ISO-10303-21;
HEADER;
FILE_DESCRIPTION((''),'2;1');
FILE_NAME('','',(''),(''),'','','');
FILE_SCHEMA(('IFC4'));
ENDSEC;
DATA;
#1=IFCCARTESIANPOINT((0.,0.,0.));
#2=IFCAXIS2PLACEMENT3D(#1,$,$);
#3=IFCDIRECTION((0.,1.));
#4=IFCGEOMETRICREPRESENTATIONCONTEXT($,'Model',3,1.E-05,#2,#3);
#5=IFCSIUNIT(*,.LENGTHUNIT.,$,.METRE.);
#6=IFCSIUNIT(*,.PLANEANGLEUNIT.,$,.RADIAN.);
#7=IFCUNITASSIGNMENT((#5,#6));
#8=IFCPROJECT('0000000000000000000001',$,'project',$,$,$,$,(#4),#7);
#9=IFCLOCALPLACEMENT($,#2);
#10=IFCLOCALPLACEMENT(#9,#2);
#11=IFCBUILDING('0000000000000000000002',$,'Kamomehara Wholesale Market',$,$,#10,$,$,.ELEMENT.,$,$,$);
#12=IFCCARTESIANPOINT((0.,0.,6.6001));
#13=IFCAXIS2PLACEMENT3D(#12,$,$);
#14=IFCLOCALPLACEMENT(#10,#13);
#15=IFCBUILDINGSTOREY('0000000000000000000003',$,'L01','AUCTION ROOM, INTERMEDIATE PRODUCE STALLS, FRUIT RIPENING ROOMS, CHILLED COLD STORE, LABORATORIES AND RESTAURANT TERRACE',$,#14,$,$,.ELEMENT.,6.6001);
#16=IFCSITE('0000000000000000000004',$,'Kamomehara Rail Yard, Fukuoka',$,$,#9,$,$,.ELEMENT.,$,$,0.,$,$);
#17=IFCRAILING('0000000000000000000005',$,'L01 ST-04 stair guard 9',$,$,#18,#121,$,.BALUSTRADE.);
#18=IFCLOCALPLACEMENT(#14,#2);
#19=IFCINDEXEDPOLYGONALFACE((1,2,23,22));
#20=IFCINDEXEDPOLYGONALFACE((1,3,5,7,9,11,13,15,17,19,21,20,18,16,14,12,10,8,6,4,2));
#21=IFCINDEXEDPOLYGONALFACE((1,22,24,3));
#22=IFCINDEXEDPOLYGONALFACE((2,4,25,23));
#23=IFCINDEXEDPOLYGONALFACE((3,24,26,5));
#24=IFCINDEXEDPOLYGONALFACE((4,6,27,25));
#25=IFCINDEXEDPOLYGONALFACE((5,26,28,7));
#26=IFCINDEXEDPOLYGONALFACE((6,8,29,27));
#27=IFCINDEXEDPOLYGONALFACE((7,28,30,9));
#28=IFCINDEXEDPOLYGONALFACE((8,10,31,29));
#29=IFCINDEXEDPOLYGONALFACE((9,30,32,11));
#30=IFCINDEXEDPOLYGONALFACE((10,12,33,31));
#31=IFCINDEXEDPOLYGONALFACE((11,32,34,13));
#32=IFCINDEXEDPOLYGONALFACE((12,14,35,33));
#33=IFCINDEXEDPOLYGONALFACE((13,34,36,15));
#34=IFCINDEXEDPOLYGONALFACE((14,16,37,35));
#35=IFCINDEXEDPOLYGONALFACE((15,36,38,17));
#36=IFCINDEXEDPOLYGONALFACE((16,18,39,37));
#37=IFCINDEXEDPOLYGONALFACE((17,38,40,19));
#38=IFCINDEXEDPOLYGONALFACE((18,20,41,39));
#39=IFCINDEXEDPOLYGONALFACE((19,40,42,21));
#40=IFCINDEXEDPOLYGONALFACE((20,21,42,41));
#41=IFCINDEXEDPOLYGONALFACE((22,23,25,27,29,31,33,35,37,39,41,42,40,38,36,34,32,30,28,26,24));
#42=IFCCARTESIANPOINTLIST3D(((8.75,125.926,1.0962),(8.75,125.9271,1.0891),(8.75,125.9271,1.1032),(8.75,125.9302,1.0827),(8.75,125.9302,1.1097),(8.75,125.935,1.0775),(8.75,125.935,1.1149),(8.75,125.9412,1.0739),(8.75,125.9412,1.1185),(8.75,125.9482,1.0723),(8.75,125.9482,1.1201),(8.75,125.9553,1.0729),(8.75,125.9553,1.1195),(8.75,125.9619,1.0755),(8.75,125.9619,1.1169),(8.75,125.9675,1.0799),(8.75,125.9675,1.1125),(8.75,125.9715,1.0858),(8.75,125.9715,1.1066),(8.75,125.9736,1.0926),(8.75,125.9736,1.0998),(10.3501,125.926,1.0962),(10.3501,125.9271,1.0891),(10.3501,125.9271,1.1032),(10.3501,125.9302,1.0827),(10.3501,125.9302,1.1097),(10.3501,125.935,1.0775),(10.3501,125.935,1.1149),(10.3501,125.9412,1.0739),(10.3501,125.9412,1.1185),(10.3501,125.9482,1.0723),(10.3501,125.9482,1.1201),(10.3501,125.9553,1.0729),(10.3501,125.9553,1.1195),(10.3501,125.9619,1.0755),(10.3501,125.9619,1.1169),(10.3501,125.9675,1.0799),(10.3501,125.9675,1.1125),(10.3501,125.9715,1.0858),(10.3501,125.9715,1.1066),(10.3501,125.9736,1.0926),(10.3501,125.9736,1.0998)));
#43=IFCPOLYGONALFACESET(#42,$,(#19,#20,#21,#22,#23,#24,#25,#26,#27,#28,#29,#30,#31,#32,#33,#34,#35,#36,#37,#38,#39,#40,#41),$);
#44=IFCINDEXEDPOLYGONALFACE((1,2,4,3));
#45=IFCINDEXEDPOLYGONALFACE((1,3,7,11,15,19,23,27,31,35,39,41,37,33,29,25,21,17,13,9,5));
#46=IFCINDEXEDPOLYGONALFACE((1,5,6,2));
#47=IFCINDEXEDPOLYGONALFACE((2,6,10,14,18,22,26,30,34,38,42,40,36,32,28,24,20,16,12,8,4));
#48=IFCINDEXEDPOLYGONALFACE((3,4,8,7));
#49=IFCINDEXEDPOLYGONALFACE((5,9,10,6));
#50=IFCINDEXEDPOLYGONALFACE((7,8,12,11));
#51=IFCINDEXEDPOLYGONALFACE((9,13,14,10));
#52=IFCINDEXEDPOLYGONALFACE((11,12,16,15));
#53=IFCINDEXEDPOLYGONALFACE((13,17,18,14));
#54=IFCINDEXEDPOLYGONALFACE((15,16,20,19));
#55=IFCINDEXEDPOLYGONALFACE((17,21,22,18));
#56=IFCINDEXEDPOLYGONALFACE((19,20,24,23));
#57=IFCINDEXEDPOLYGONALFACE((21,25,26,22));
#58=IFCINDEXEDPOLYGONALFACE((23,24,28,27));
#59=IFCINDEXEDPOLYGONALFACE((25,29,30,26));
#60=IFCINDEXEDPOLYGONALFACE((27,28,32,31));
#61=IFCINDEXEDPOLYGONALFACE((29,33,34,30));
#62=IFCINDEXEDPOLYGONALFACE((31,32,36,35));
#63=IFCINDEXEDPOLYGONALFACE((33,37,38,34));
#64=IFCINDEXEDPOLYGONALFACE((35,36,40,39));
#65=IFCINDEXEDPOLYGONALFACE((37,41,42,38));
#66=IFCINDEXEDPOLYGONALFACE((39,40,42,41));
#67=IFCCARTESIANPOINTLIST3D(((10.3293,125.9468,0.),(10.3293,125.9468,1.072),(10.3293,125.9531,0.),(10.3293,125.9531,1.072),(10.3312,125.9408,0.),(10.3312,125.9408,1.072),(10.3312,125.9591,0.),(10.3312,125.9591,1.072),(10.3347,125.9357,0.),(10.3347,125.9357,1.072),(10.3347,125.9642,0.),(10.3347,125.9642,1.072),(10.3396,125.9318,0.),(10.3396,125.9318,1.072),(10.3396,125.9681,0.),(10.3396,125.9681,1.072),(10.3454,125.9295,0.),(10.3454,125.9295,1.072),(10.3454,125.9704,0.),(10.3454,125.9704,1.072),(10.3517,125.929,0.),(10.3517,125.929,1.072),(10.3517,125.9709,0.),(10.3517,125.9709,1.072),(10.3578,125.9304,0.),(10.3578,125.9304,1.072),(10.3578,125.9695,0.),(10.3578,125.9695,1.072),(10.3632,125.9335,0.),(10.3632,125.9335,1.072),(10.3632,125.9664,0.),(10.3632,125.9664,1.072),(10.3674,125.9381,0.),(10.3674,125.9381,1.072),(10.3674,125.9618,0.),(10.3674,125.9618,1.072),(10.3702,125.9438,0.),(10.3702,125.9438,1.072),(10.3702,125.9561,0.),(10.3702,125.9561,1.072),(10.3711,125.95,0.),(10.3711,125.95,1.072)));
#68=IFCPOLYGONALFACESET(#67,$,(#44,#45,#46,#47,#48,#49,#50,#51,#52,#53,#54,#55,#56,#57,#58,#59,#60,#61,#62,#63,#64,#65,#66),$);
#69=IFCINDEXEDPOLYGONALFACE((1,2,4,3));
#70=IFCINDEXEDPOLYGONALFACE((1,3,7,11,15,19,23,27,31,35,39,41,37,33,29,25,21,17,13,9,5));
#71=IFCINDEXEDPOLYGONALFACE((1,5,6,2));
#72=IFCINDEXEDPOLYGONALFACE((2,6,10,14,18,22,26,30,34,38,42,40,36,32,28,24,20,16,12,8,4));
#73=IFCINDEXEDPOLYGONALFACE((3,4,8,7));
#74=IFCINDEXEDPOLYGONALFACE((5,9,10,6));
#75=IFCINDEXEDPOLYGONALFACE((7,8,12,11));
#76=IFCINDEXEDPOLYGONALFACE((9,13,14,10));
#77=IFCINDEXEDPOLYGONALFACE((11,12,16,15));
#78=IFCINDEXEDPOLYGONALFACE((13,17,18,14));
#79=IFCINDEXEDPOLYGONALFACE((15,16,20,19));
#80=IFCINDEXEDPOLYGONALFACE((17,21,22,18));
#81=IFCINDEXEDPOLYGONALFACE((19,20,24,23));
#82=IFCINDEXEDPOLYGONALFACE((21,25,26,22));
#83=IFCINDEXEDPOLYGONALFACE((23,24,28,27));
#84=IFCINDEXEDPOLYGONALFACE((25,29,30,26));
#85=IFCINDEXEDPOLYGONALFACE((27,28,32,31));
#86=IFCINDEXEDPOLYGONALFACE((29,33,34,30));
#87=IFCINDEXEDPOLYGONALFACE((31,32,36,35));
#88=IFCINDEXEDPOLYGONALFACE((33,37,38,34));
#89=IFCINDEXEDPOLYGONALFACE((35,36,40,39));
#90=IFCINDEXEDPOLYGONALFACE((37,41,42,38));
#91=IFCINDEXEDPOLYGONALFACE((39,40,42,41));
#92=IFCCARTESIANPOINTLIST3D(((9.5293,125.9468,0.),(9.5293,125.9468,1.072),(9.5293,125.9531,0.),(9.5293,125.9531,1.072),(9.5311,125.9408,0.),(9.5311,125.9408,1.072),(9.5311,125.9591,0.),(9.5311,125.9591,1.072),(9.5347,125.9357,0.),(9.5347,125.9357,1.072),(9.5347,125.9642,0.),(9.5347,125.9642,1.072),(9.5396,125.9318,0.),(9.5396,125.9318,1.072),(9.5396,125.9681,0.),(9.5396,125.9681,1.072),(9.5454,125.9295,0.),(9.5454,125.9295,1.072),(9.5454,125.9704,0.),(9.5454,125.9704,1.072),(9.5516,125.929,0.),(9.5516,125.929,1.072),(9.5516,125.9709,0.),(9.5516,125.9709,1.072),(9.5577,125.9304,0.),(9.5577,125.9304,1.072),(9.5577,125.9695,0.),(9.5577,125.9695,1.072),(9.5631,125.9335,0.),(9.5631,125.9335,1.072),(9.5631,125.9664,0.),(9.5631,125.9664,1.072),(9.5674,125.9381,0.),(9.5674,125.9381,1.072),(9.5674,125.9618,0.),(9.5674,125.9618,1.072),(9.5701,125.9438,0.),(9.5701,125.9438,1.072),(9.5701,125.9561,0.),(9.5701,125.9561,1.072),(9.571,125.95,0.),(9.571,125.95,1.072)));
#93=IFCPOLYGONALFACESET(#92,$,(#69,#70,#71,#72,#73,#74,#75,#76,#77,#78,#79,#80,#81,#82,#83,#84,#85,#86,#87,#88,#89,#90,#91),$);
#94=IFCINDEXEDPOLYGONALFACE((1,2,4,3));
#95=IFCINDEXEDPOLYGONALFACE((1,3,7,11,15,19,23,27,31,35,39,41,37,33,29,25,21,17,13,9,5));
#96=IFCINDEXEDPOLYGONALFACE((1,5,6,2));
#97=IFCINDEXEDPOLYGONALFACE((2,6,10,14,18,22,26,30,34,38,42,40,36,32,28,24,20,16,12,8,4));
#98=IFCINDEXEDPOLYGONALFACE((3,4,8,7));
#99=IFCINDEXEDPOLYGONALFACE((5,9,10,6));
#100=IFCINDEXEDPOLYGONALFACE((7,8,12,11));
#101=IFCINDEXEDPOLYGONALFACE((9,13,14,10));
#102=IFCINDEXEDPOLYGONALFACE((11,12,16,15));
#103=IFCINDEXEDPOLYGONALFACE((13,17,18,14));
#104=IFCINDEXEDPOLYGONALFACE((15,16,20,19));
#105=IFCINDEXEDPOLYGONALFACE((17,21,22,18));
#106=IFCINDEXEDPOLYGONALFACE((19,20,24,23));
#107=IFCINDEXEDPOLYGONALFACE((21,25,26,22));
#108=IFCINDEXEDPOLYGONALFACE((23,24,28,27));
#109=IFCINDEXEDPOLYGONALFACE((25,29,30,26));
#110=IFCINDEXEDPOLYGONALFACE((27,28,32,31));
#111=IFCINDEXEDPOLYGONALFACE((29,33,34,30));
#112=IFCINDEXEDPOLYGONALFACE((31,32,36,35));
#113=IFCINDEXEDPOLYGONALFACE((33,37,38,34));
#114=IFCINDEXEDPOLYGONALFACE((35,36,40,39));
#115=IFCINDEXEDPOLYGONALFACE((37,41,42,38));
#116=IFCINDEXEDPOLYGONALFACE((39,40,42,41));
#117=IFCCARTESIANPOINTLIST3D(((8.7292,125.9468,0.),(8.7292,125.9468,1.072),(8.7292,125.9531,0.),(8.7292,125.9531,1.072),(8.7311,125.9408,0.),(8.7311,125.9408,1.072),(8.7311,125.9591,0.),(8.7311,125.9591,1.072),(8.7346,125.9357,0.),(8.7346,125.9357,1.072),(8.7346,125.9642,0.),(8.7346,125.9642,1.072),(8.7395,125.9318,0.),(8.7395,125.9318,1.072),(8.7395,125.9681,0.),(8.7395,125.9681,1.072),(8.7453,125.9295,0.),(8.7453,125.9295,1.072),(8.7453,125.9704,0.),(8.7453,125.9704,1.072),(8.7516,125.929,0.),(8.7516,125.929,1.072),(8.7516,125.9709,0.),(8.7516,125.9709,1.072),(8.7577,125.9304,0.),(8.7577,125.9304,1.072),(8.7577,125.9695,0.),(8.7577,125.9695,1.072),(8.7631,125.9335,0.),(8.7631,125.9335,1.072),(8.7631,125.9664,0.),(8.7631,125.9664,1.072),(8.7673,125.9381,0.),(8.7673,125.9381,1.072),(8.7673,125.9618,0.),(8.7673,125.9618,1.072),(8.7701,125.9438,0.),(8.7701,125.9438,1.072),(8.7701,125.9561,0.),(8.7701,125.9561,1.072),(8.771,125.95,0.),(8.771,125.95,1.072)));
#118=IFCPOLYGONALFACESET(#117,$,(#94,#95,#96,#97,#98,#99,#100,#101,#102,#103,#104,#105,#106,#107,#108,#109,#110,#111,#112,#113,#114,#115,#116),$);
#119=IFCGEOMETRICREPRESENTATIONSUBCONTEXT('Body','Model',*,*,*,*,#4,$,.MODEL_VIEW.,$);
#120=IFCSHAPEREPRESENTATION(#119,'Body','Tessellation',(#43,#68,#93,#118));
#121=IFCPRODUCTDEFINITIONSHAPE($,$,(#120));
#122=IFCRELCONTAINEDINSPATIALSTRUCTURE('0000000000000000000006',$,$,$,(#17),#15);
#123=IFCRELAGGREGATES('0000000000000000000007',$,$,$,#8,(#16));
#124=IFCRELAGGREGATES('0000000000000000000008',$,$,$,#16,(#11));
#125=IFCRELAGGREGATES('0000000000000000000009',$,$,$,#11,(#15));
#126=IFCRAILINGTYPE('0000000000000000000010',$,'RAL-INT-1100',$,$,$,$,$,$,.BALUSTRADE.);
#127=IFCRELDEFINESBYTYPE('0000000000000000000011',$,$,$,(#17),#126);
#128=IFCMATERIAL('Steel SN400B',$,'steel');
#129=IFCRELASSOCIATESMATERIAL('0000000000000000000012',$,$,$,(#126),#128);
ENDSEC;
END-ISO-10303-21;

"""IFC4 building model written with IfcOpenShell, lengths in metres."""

from ifc_helpers import new_model, si_unit, direction, frame, origin, origin_2d, place, context, subcontext, project, spatial, circle, extrude, material, type_object, element, save


model = new_model("IFC4")

# Units and contexts
model_context = context("Model", 3, precision=1e-05, world=origin(), true_north=direction((0.0, 1.0)))
body_context = subcontext(model_context, "Body", "Model", "MODEL_VIEW")
ifc_project = project(units=[si_unit("LENGTHUNIT", "METRE"), si_unit("PLANEANGLEUNIT", "RADIAN")], contexts=[model_context])

# Site, building, storey
site_placement = place(None, origin())
site = spatial("IfcSite", under=ifc_project, at=site_placement, Name="Kamomehara Rail Yard, Fukuoka", CompositionType="ELEMENT", RefElevation=0.0)
building_placement = place(site_placement, origin())
building = spatial("IfcBuilding", under=site, at=building_placement, Name="Kamomehara Wholesale Market", CompositionType="ELEMENT")
storey_placement = place(building_placement, frame((0.0, 0.0, 6.6001)))
storey = spatial("IfcBuildingStorey", under=building, at=storey_placement, Name="L01", Description="AUCTION ROOM, INTERMEDIATE PRODUCE STALLS, FRUIT RIPENING ROOMS, CHILLED COLD STORE, LABORATORIES AND RESTAURANT TERRACE", CompositionType="ELEMENT", Elevation=6.6001)

# Railing
ifc_material_1 = material(Name="Steel SN400B", Category="steel")
railing_type_1 = type_object("IfcRailingType", Name="RAL-INT-1100", PredefinedType="BALUSTRADE", material=ifc_material_1)
for number, where, name in (
    (1, (10.3501, 125.95, 0.0), "L01 ST-04 stair guard 9"),
):
    element("IfcRailing", number, at=place(storey_placement, frame(where)), inside=storey, type_object=railing_type_1, Name=name, PredefinedType="BALUSTRADE", context=body_context, shape_type="SweptSolid", body=[
        extrude(circle(Radius=0.0239, at=origin_2d()), frame((0.0, 0.0, 1.0962), z_axis=(-1.0, 0.0, 0.0), x_axis=(0.0, -1.0, 0.0)), (0.0, 0.0, 1.0), 1.6001),
        extrude(circle(Radius=0.021, at=origin_2d()), origin(), (0.0, 0.0, 1.0), 1.072),
        extrude(circle(Radius=0.021, at=origin_2d()), frame((-0.8, 0.0, 0.0)), (0.0, 0.0, 1.0), 1.072),
        extrude(circle(Radius=0.021, at=origin_2d()), frame((-1.6001, 0.0, 0.0)), (0.0, 0.0, 1.0), 1.072),
    ])

save(model, "model.ifc")
